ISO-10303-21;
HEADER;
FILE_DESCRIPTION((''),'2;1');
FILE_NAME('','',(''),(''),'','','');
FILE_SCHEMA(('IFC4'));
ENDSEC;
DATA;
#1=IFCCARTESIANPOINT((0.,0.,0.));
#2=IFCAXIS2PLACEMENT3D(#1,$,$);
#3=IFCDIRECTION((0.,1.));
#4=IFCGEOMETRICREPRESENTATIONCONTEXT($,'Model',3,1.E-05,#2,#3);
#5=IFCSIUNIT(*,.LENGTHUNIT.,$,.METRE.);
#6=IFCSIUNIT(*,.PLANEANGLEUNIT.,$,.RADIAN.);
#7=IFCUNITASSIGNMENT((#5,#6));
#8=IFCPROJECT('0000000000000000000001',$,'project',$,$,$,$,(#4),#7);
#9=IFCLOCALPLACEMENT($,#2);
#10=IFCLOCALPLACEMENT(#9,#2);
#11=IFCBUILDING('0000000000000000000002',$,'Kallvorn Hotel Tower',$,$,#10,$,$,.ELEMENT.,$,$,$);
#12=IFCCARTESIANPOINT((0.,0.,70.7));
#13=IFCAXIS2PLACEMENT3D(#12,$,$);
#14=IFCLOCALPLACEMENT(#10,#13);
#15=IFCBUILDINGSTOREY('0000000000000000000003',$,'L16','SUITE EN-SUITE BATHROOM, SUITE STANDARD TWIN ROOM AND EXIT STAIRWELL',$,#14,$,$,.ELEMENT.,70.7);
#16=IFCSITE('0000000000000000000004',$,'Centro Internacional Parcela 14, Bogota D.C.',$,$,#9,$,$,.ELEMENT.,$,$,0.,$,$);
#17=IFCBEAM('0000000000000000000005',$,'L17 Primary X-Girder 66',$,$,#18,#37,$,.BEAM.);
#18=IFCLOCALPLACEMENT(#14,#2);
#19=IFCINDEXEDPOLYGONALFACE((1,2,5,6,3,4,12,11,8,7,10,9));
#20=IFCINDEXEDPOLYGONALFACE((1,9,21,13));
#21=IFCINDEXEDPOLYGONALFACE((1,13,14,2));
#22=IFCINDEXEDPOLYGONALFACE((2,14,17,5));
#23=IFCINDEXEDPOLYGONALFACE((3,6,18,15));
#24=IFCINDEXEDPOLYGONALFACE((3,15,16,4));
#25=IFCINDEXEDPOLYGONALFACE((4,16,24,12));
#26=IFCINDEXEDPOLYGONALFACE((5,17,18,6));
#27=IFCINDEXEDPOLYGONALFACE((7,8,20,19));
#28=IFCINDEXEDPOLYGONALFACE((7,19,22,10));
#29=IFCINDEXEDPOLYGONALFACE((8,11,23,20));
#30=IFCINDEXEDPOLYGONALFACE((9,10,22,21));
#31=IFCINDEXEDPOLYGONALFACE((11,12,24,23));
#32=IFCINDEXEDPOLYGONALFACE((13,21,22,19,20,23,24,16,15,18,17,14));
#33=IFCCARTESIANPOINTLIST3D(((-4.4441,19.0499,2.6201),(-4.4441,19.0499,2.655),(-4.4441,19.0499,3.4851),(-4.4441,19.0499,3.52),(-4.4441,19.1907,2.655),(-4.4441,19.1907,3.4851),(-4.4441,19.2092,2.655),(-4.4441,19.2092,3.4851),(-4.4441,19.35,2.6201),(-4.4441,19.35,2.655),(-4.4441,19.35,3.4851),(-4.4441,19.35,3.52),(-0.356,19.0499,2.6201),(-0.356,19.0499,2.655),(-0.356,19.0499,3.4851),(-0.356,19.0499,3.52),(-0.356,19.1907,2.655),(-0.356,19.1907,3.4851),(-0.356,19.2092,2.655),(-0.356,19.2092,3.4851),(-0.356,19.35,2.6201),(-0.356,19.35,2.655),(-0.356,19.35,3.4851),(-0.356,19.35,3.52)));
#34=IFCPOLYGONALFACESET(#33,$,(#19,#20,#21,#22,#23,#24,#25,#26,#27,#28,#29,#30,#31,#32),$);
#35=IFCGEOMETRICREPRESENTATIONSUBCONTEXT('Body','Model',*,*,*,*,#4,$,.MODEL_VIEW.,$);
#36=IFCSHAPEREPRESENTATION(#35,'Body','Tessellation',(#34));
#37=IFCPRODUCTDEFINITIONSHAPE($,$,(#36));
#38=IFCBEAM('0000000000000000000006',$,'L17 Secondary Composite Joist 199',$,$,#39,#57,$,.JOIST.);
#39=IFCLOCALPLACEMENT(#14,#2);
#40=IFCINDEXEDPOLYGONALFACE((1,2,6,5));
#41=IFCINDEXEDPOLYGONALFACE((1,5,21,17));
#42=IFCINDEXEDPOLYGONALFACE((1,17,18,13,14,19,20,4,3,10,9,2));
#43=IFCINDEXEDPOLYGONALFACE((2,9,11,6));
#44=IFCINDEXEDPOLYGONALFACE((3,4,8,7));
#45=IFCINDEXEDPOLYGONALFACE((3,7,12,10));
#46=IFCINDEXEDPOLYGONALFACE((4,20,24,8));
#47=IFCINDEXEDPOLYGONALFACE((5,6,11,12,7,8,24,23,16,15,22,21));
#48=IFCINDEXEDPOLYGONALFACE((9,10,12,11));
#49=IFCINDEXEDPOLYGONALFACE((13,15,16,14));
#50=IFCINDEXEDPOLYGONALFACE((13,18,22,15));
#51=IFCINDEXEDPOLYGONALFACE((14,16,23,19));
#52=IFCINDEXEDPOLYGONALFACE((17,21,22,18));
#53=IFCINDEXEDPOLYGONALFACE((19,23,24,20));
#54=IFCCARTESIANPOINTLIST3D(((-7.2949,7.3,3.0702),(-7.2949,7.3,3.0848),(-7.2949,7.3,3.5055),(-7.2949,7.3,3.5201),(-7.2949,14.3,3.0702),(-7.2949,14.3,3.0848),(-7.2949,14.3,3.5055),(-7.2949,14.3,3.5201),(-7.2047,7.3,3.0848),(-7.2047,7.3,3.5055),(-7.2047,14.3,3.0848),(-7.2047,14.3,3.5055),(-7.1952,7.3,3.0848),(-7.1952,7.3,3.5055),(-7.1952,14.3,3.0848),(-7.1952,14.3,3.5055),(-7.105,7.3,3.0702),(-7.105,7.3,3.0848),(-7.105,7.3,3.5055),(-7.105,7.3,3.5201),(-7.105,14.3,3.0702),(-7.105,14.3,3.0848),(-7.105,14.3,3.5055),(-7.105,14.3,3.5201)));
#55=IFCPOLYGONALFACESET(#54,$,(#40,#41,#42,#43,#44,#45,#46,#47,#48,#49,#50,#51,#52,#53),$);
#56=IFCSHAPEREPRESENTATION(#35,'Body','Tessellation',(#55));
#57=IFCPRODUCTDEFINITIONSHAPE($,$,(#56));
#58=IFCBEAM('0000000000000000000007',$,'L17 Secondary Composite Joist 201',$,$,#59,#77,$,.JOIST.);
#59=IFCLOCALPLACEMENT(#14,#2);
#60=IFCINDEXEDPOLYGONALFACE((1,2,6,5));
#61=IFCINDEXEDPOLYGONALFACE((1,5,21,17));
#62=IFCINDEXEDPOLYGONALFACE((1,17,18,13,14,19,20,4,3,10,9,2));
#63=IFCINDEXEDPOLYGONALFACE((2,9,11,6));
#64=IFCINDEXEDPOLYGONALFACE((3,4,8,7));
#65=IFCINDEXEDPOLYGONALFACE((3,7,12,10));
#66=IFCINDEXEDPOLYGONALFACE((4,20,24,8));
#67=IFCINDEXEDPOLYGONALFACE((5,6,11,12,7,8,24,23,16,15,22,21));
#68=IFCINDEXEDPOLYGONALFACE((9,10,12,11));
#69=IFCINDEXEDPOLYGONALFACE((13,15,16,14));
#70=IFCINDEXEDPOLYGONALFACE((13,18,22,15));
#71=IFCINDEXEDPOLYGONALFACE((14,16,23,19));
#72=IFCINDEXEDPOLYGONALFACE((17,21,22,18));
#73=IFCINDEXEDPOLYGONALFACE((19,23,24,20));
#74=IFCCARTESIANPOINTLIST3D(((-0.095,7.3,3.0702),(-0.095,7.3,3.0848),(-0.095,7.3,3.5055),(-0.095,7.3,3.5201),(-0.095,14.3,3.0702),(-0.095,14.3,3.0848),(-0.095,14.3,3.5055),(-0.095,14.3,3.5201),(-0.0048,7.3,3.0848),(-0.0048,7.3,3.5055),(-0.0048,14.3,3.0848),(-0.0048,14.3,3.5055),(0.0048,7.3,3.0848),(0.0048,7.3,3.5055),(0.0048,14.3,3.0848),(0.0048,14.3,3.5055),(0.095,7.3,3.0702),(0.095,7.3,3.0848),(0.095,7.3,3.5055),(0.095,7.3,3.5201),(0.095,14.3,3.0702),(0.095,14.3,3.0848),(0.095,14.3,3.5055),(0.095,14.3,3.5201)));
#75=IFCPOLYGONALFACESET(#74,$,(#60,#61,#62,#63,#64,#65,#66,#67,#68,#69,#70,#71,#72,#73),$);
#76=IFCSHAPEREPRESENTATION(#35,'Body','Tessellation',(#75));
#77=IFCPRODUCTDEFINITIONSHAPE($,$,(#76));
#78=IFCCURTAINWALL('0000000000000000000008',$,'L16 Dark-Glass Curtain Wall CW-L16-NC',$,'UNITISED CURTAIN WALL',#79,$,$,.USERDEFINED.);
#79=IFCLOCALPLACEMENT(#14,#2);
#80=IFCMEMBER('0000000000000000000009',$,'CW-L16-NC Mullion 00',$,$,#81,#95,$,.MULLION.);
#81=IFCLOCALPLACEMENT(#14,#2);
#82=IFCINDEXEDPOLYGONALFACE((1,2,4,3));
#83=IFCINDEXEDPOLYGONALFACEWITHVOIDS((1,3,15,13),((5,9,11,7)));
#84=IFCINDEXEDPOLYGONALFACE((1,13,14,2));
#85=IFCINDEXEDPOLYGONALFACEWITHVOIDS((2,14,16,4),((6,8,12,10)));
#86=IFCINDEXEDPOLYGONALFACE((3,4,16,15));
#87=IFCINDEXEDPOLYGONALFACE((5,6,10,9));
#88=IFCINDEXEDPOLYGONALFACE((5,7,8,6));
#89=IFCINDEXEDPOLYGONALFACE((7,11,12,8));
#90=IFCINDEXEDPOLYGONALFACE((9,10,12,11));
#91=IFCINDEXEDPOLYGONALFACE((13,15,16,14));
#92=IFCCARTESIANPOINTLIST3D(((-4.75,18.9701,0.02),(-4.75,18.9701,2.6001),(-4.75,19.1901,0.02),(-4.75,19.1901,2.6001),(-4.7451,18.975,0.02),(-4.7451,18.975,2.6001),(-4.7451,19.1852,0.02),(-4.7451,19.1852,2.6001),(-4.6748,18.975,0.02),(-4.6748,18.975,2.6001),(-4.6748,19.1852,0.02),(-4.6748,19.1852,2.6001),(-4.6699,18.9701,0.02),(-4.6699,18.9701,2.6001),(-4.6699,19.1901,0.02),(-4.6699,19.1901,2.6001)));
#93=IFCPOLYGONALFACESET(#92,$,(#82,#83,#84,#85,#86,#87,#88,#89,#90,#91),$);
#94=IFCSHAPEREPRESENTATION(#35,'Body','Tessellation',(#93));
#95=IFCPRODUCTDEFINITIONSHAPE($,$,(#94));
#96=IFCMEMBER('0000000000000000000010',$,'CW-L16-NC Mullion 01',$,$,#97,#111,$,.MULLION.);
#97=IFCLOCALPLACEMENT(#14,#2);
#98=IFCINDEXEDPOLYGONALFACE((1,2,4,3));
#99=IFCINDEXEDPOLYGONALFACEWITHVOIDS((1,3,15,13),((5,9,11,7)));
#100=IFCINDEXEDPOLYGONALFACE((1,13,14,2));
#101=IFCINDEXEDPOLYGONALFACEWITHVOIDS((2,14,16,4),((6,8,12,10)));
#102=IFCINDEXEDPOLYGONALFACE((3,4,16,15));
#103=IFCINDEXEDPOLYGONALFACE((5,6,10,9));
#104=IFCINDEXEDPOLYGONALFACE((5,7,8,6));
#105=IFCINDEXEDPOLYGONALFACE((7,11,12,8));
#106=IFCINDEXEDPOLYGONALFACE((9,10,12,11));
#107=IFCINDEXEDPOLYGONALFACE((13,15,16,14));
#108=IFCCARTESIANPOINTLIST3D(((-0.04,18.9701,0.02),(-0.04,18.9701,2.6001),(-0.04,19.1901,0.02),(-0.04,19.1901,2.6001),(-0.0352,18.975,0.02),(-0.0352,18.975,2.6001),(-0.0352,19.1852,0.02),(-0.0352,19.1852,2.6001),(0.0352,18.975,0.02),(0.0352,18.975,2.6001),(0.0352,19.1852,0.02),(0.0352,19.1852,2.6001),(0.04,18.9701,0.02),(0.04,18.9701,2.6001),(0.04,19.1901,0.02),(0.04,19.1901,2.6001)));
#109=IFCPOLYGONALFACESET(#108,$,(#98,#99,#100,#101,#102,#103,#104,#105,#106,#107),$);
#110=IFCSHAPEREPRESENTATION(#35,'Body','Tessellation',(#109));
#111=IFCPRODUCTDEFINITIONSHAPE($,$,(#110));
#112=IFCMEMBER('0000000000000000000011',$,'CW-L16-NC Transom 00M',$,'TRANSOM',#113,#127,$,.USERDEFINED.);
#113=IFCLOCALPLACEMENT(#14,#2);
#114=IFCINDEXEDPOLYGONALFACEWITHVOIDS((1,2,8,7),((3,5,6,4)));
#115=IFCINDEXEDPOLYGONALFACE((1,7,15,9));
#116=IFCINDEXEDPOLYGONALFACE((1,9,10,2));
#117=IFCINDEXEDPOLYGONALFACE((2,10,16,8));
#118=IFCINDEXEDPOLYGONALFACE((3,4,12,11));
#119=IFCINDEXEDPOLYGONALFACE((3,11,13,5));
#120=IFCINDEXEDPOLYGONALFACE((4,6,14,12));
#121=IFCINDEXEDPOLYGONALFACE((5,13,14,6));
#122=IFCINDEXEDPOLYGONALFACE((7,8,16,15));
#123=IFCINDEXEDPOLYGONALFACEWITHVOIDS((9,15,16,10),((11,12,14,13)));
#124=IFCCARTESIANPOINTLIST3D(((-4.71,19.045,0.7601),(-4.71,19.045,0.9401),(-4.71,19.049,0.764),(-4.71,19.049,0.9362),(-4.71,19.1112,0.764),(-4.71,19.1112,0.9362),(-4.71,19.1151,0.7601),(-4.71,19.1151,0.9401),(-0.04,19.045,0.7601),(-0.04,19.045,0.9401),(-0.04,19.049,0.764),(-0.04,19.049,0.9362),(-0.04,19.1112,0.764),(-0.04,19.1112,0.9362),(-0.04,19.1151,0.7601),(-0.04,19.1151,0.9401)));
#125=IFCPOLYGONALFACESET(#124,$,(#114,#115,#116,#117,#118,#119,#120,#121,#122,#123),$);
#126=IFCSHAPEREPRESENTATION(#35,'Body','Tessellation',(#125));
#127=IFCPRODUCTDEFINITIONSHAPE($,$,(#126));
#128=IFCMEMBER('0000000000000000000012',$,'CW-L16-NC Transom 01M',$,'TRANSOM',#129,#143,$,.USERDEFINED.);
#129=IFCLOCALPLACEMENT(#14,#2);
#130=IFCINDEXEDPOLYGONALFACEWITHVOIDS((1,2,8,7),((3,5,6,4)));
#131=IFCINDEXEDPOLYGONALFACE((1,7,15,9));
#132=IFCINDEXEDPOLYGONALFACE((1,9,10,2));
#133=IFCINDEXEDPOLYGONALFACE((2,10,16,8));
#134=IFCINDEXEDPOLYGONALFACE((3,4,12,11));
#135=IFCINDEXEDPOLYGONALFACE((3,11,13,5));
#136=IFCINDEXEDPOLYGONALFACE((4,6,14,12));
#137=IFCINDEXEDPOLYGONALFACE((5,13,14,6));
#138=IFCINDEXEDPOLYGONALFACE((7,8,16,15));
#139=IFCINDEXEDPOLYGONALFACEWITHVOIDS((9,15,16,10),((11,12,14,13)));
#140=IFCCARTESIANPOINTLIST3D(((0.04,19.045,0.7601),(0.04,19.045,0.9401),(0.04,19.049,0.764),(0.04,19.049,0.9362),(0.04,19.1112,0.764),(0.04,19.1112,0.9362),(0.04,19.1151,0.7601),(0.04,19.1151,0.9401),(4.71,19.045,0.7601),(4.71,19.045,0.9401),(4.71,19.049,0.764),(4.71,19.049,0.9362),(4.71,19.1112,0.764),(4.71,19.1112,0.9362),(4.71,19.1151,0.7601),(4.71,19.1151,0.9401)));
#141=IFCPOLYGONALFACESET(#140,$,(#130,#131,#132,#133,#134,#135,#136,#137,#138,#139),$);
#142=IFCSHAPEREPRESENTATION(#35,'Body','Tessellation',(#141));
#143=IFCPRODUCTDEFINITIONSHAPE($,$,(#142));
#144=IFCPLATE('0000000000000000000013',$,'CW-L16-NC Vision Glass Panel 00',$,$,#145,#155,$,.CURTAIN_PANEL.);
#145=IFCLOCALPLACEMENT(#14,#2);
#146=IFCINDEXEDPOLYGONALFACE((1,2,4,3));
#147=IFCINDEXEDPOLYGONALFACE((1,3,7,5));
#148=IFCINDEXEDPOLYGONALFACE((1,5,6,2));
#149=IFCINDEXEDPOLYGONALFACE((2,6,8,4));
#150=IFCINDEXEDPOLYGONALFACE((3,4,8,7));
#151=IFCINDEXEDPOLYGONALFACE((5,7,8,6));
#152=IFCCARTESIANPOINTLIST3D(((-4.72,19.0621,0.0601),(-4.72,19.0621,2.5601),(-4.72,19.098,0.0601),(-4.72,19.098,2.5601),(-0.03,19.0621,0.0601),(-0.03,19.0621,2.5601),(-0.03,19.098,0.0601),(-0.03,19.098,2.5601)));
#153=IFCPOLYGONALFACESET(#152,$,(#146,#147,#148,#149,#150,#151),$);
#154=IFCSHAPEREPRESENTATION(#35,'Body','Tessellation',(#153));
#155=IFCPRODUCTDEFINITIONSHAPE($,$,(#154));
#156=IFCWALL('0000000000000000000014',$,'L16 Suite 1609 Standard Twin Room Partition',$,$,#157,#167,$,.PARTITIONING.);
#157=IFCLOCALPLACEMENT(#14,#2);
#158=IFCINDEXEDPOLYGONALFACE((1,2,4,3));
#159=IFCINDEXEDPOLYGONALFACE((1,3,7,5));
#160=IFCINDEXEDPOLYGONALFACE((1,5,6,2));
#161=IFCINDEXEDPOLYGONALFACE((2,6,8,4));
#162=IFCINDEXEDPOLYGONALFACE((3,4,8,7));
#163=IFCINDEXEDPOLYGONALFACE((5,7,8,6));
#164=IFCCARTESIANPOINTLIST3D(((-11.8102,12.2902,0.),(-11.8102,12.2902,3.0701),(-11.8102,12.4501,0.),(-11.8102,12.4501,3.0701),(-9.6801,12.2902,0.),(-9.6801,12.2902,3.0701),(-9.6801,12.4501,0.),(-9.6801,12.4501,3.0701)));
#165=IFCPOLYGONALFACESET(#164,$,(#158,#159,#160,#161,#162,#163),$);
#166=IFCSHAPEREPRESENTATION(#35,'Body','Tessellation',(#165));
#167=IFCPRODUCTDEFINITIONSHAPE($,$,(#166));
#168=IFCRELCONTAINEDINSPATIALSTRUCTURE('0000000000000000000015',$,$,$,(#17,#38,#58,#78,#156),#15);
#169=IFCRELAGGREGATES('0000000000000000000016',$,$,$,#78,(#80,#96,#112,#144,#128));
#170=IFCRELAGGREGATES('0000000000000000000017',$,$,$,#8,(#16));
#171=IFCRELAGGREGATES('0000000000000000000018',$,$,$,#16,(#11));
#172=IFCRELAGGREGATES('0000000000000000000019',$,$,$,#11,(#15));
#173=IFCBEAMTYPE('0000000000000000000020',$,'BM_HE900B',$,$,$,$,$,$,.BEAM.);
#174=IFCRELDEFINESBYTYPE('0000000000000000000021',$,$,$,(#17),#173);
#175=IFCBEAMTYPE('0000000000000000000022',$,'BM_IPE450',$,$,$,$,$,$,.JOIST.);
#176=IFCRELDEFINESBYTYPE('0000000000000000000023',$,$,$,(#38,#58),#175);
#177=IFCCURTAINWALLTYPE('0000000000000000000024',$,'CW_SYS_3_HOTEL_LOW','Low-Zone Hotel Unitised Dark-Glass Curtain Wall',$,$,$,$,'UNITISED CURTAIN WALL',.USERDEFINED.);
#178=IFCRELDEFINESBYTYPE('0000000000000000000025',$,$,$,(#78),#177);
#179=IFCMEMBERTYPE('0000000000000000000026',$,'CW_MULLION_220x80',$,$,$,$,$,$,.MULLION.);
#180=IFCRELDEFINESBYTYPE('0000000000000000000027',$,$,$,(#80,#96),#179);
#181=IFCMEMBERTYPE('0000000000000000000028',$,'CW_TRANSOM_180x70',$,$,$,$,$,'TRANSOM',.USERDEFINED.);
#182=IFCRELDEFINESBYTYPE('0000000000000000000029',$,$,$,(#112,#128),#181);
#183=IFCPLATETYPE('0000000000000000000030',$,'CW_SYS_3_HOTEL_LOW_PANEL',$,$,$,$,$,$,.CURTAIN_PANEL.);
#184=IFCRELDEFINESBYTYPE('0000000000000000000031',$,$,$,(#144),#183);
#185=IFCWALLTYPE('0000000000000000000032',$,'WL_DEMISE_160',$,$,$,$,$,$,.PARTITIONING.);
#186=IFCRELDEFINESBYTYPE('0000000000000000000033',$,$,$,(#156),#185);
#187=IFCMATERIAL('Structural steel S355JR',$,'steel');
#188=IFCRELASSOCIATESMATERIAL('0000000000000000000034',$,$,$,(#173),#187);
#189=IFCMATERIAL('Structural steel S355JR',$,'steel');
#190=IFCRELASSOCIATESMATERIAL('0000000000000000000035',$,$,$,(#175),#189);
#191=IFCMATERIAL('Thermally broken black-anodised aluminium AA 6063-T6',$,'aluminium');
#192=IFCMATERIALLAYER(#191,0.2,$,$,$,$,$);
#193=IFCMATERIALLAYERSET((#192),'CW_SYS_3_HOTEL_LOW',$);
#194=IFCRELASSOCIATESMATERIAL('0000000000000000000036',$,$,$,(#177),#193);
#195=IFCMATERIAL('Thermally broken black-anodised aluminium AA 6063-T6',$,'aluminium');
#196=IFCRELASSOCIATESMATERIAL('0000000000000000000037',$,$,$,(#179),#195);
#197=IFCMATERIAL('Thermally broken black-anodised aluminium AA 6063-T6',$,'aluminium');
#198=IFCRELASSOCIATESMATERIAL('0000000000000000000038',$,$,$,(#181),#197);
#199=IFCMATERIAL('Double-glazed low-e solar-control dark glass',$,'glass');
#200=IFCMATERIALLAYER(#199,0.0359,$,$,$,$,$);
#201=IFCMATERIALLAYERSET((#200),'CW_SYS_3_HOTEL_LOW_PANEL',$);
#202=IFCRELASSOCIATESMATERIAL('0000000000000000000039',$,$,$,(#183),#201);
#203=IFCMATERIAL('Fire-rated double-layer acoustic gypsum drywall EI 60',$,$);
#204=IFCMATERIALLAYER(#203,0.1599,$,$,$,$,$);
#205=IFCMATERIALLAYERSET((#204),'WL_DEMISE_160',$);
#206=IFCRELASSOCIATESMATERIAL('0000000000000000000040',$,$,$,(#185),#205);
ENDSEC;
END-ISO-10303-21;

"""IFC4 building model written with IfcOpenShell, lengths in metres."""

from ifc_helpers import new_model, si_unit, direction, frame, frame_2d, origin, origin_2d, place, context, subcontext, project, spatial, rectangle, hollow_rectangle, i_section, extrude, material, layer, layer_set, material_profile, profile_set, type_object, element, aggregate, save


model = new_model("IFC4")

# Units and contexts
model_context = context("Model", 3, precision=1e-05, world=origin(), true_north=direction((0.0, 1.0)))
body_context = subcontext(model_context, "Body", "Model", "MODEL_VIEW")
ifc_project = project(units=[si_unit("LENGTHUNIT", "METRE"), si_unit("PLANEANGLEUNIT", "RADIAN")], contexts=[model_context])

# Site, building, storey
site_placement = place(None, origin())
site = spatial("IfcSite", under=ifc_project, at=site_placement, Name="Centro Internacional Parcela 14, Bogota D.C.", CompositionType="ELEMENT", RefElevation=0.0)
building_placement = place(site_placement, origin())
building = spatial("IfcBuilding", under=site, at=building_placement, Name="Kallvorn Hotel Tower", CompositionType="ELEMENT")
storey_placement = place(building_placement, frame((0.0, 0.0, 70.7)))
storey = spatial("IfcBuildingStorey", under=building, at=storey_placement, Name="L16", Description="SUITE EN-SUITE BATHROOM, SUITE STANDARD TWIN ROOM AND EXIT STAIRWELL", CompositionType="ELEMENT", Elevation=70.7)

# Beams
ifc_material_1 = material(Name="Structural steel S355JR", Category="steel")
ifc_material_profile_1 = material_profile(ifc_material_1, i_section(OverallWidth=0.3, OverallDepth=0.8999, WebThickness=0.0186, FlangeThickness=0.0349, at=origin_2d()), Name="HE 900 B")
ifc_profile_set_1 = profile_set([ifc_material_profile_1], Name="Structural steel S355JR")
beam_type_1 = type_object("IfcBeamType", Name="BM_HE900B", PredefinedType="BEAM", material=ifc_profile_set_1)
beam_1_placement = place(storey_placement, frame((-4.4441, 19.2, 3.0701), z_axis=(1.0, 0.0, 0.0), x_axis=(0.0, 1.0, 0.0)))
element("IfcBeam", 1, at=beam_1_placement, inside=storey, type_object=beam_type_1, Name="L17 Primary X-Girder 66", PredefinedType="BEAM", context=body_context, shape_type="SweptSolid", body=[
    extrude(i_section(OverallWidth=0.3, OverallDepth=0.8999, WebThickness=0.0186, FlangeThickness=0.0349, at=origin_2d()), origin(), (0.0, 0.0, 1.0), 4.0881),
])
ifc_material_2 = material(Name="Structural steel S355JR", Category="steel")
ifc_material_profile_2 = material_profile(ifc_material_2, i_section(OverallWidth=0.1899, OverallDepth=0.45, WebThickness=0.0095, FlangeThickness=0.0146, at=origin_2d()), Name="IPE 450")
ifc_profile_set_2 = profile_set([ifc_material_profile_2], Name="Structural steel S355JR")
beam_type_2 = type_object("IfcBeamType", Name="BM_IPE450", PredefinedType="JOIST", material=ifc_profile_set_2)
for number, where, z_axis, x_axis, name in (
    (2, (-7.2, 7.3, 3.2952), (0.0, 1.0, 0.0), (-1.0, 0.0, 0.0), "L17 Secondary Composite Joist 199"),
    (3, (0.0, 7.3, 3.2952), (0.0, 1.0, 0.0), (-1.0, 0.0, 0.0), "L17 Secondary Composite Joist 201"),
):
    element("IfcBeam", number, at=place(storey_placement, frame(where, z_axis=z_axis, x_axis=x_axis)), inside=storey, type_object=beam_type_2, Name=name, PredefinedType="JOIST", context=body_context, shape_type="SweptSolid", body=[
        extrude(i_section(OverallWidth=0.1899, OverallDepth=0.45, WebThickness=0.0095, FlangeThickness=0.0146, at=origin_2d()), origin(), (0.0, 0.0, 1.0), 7.0),
    ])

# Curtain wall, members, plate
ifc_material_3 = material(Name="Thermally broken black-anodised aluminium AA 6063-T6", Category="aluminium")
ifc_layer_1 = layer(ifc_material_3, 0.2)
ifc_layer_set_1 = layer_set([ifc_layer_1], Name="CW_SYS_3_HOTEL_LOW")
curtain_wall_type = type_object("IfcCurtainWallType", Name="CW_SYS_3_HOTEL_LOW", Description="Low-Zone Hotel Unitised Dark-Glass Curtain Wall", ElementType="UNITISED CURTAIN WALL", PredefinedType="USERDEFINED", material=ifc_layer_set_1)
curtain_wall_placement = place(storey_placement, origin())
curtain_wall = element("IfcCurtainWall", 4, at=curtain_wall_placement, inside=storey, type_object=curtain_wall_type, Name="L16 Dark-Glass Curtain Wall CW-L16-NC", ObjectType="UNITISED CURTAIN WALL", PredefinedType="USERDEFINED")
ifc_material_4 = material(Name="Thermally broken black-anodised aluminium AA 6063-T6", Category="aluminium")
ifc_material_profile_3 = material_profile(ifc_material_4, hollow_rectangle(XDim=0.0801, YDim=0.22, WallThickness=0.0049, at=origin_2d()), Name="MUL 220x80")
ifc_profile_set_3 = profile_set([ifc_material_profile_3], Name="Thermally broken black-anodised aluminium AA 6063-T6")
member_type_1 = type_object("IfcMemberType", Name="CW_MULLION_220x80", PredefinedType="MULLION", material=ifc_profile_set_3)
member_1_placement = place(storey_placement, frame((-4.71, 19.0801, 0.02), z_axis=(0.0, 0.0, 1.0), x_axis=(1.0, 0.0, 0.0)))
member_1 = element("IfcMember", 5, at=member_1_placement, type_object=member_type_1, Name="CW-L16-NC Mullion 00", PredefinedType="MULLION", context=body_context, shape_type="SweptSolid", body=[
    extrude(hollow_rectangle(XDim=0.0801, YDim=0.22, WallThickness=0.0049, at=origin_2d()), origin(), (0.0, 0.0, 1.0), 2.5801),
])
member_2_placement = place(storey_placement, frame((0.0, 19.0801, 0.02), z_axis=(0.0, 0.0, 1.0), x_axis=(1.0, 0.0, 0.0)))
member_2 = element("IfcMember", 6, at=member_2_placement, type_object=member_type_1, Name="CW-L16-NC Mullion 01", PredefinedType="MULLION", context=body_context, shape_type="SweptSolid", body=[
    extrude(hollow_rectangle(XDim=0.0801, YDim=0.22, WallThickness=0.0049, at=origin_2d()), origin(), (0.0, 0.0, 1.0), 2.5801),
])
ifc_material_5 = material(Name="Thermally broken black-anodised aluminium AA 6063-T6", Category="aluminium")
ifc_material_profile_4 = material_profile(ifc_material_5, hollow_rectangle(XDim=0.0701, YDim=0.1799, WallThickness=0.0039, at=origin_2d()), Name="TRN 180x70")
ifc_profile_set_4 = profile_set([ifc_material_profile_4], Name="Thermally broken black-anodised aluminium AA 6063-T6")
member_type_2 = type_object("IfcMemberType", Name="CW_TRANSOM_180x70", ElementType="TRANSOM", PredefinedType="USERDEFINED", material=ifc_profile_set_4)
member_3_placement = place(storey_placement, frame((-4.71, 19.0801, 0.8501), z_axis=(1.0, 0.0, 0.0), x_axis=(0.0, 1.0, 0.0)))
member_3 = element("IfcMember", 7, at=member_3_placement, type_object=member_type_2, Name="CW-L16-NC Transom 00M", ObjectType="TRANSOM", PredefinedType="USERDEFINED", context=body_context, shape_type="SweptSolid", body=[
    extrude(hollow_rectangle(XDim=0.0701, YDim=0.1799, WallThickness=0.0039, at=origin_2d()), origin(), (0.0, 0.0, 1.0), 4.6699),
])
member_4_placement = place(storey_placement, frame((0.04, 19.0801, 0.8501), z_axis=(1.0, 0.0, 0.0), x_axis=(0.0, 1.0, 0.0)))
member_4 = element("IfcMember", 8, at=member_4_placement, type_object=member_type_2, Name="CW-L16-NC Transom 01M", ObjectType="TRANSOM", PredefinedType="USERDEFINED", context=body_context, shape_type="SweptSolid", body=[
    extrude(hollow_rectangle(XDim=0.0701, YDim=0.1799, WallThickness=0.0039, at=origin_2d()), origin(), (0.0, 0.0, 1.0), 4.6699),
])
ifc_material_6 = material(Name="Double-glazed low-e solar-control dark glass", Category="glass")
ifc_layer_2 = layer(ifc_material_6, 0.0359)
ifc_layer_set_2 = layer_set([ifc_layer_2], Name="CW_SYS_3_HOTEL_LOW_PANEL")
plate_type = type_object("IfcPlateType", Name="CW_SYS_3_HOTEL_LOW_PANEL", PredefinedType="CURTAIN_PANEL", material=ifc_layer_set_2)
plate_placement = place(storey_placement, frame((-2.375, 19.0801, 0.0601), z_axis=(0.0, 0.0, 1.0), x_axis=(1.0, 0.0, 0.0)))
plate = element("IfcPlate", 9, at=plate_placement, type_object=plate_type, Name="CW-L16-NC Vision Glass Panel 00", PredefinedType="CURTAIN_PANEL", context=body_context, shape_type="SweptSolid", body=[
    extrude(rectangle(XDim=4.6899, YDim=0.0359, at=origin_2d()), origin(), (0.0, 0.0, 1.0), 2.5),
])
aggregate(curtain_wall, [member_1, member_2, member_3, plate, member_4])

# Wall
ifc_material_7 = material(Name="Fire-rated double-layer acoustic gypsum drywall EI 60")
ifc_layer_3 = layer(ifc_material_7, 0.1599)
ifc_layer_set_3 = layer_set([ifc_layer_3], Name="WL_DEMISE_160")
wall_type = type_object("IfcWallType", Name="WL_DEMISE_160", PredefinedType="PARTITIONING", material=ifc_layer_set_3)
wall_1_placement = place(storey_placement, frame((-11.8101, 12.3701, 0.0), z_axis=(0.0, 0.0, 1.0), x_axis=(1.0, 0.0, 0.0)))
element("IfcWall", 10, at=wall_1_placement, inside=storey, type_object=wall_type, Name="L16 Suite 1609 Standard Twin Room Partition", PredefinedType="PARTITIONING", context=body_context, shape_type="SweptSolid", body=[
    extrude(rectangle(XDim=2.1301, YDim=0.1599, at=frame_2d((1.0649, 0.0))), origin(), (0.0, 0.0, 1.0), 3.0701),
])

save(model, "model.ifc")
